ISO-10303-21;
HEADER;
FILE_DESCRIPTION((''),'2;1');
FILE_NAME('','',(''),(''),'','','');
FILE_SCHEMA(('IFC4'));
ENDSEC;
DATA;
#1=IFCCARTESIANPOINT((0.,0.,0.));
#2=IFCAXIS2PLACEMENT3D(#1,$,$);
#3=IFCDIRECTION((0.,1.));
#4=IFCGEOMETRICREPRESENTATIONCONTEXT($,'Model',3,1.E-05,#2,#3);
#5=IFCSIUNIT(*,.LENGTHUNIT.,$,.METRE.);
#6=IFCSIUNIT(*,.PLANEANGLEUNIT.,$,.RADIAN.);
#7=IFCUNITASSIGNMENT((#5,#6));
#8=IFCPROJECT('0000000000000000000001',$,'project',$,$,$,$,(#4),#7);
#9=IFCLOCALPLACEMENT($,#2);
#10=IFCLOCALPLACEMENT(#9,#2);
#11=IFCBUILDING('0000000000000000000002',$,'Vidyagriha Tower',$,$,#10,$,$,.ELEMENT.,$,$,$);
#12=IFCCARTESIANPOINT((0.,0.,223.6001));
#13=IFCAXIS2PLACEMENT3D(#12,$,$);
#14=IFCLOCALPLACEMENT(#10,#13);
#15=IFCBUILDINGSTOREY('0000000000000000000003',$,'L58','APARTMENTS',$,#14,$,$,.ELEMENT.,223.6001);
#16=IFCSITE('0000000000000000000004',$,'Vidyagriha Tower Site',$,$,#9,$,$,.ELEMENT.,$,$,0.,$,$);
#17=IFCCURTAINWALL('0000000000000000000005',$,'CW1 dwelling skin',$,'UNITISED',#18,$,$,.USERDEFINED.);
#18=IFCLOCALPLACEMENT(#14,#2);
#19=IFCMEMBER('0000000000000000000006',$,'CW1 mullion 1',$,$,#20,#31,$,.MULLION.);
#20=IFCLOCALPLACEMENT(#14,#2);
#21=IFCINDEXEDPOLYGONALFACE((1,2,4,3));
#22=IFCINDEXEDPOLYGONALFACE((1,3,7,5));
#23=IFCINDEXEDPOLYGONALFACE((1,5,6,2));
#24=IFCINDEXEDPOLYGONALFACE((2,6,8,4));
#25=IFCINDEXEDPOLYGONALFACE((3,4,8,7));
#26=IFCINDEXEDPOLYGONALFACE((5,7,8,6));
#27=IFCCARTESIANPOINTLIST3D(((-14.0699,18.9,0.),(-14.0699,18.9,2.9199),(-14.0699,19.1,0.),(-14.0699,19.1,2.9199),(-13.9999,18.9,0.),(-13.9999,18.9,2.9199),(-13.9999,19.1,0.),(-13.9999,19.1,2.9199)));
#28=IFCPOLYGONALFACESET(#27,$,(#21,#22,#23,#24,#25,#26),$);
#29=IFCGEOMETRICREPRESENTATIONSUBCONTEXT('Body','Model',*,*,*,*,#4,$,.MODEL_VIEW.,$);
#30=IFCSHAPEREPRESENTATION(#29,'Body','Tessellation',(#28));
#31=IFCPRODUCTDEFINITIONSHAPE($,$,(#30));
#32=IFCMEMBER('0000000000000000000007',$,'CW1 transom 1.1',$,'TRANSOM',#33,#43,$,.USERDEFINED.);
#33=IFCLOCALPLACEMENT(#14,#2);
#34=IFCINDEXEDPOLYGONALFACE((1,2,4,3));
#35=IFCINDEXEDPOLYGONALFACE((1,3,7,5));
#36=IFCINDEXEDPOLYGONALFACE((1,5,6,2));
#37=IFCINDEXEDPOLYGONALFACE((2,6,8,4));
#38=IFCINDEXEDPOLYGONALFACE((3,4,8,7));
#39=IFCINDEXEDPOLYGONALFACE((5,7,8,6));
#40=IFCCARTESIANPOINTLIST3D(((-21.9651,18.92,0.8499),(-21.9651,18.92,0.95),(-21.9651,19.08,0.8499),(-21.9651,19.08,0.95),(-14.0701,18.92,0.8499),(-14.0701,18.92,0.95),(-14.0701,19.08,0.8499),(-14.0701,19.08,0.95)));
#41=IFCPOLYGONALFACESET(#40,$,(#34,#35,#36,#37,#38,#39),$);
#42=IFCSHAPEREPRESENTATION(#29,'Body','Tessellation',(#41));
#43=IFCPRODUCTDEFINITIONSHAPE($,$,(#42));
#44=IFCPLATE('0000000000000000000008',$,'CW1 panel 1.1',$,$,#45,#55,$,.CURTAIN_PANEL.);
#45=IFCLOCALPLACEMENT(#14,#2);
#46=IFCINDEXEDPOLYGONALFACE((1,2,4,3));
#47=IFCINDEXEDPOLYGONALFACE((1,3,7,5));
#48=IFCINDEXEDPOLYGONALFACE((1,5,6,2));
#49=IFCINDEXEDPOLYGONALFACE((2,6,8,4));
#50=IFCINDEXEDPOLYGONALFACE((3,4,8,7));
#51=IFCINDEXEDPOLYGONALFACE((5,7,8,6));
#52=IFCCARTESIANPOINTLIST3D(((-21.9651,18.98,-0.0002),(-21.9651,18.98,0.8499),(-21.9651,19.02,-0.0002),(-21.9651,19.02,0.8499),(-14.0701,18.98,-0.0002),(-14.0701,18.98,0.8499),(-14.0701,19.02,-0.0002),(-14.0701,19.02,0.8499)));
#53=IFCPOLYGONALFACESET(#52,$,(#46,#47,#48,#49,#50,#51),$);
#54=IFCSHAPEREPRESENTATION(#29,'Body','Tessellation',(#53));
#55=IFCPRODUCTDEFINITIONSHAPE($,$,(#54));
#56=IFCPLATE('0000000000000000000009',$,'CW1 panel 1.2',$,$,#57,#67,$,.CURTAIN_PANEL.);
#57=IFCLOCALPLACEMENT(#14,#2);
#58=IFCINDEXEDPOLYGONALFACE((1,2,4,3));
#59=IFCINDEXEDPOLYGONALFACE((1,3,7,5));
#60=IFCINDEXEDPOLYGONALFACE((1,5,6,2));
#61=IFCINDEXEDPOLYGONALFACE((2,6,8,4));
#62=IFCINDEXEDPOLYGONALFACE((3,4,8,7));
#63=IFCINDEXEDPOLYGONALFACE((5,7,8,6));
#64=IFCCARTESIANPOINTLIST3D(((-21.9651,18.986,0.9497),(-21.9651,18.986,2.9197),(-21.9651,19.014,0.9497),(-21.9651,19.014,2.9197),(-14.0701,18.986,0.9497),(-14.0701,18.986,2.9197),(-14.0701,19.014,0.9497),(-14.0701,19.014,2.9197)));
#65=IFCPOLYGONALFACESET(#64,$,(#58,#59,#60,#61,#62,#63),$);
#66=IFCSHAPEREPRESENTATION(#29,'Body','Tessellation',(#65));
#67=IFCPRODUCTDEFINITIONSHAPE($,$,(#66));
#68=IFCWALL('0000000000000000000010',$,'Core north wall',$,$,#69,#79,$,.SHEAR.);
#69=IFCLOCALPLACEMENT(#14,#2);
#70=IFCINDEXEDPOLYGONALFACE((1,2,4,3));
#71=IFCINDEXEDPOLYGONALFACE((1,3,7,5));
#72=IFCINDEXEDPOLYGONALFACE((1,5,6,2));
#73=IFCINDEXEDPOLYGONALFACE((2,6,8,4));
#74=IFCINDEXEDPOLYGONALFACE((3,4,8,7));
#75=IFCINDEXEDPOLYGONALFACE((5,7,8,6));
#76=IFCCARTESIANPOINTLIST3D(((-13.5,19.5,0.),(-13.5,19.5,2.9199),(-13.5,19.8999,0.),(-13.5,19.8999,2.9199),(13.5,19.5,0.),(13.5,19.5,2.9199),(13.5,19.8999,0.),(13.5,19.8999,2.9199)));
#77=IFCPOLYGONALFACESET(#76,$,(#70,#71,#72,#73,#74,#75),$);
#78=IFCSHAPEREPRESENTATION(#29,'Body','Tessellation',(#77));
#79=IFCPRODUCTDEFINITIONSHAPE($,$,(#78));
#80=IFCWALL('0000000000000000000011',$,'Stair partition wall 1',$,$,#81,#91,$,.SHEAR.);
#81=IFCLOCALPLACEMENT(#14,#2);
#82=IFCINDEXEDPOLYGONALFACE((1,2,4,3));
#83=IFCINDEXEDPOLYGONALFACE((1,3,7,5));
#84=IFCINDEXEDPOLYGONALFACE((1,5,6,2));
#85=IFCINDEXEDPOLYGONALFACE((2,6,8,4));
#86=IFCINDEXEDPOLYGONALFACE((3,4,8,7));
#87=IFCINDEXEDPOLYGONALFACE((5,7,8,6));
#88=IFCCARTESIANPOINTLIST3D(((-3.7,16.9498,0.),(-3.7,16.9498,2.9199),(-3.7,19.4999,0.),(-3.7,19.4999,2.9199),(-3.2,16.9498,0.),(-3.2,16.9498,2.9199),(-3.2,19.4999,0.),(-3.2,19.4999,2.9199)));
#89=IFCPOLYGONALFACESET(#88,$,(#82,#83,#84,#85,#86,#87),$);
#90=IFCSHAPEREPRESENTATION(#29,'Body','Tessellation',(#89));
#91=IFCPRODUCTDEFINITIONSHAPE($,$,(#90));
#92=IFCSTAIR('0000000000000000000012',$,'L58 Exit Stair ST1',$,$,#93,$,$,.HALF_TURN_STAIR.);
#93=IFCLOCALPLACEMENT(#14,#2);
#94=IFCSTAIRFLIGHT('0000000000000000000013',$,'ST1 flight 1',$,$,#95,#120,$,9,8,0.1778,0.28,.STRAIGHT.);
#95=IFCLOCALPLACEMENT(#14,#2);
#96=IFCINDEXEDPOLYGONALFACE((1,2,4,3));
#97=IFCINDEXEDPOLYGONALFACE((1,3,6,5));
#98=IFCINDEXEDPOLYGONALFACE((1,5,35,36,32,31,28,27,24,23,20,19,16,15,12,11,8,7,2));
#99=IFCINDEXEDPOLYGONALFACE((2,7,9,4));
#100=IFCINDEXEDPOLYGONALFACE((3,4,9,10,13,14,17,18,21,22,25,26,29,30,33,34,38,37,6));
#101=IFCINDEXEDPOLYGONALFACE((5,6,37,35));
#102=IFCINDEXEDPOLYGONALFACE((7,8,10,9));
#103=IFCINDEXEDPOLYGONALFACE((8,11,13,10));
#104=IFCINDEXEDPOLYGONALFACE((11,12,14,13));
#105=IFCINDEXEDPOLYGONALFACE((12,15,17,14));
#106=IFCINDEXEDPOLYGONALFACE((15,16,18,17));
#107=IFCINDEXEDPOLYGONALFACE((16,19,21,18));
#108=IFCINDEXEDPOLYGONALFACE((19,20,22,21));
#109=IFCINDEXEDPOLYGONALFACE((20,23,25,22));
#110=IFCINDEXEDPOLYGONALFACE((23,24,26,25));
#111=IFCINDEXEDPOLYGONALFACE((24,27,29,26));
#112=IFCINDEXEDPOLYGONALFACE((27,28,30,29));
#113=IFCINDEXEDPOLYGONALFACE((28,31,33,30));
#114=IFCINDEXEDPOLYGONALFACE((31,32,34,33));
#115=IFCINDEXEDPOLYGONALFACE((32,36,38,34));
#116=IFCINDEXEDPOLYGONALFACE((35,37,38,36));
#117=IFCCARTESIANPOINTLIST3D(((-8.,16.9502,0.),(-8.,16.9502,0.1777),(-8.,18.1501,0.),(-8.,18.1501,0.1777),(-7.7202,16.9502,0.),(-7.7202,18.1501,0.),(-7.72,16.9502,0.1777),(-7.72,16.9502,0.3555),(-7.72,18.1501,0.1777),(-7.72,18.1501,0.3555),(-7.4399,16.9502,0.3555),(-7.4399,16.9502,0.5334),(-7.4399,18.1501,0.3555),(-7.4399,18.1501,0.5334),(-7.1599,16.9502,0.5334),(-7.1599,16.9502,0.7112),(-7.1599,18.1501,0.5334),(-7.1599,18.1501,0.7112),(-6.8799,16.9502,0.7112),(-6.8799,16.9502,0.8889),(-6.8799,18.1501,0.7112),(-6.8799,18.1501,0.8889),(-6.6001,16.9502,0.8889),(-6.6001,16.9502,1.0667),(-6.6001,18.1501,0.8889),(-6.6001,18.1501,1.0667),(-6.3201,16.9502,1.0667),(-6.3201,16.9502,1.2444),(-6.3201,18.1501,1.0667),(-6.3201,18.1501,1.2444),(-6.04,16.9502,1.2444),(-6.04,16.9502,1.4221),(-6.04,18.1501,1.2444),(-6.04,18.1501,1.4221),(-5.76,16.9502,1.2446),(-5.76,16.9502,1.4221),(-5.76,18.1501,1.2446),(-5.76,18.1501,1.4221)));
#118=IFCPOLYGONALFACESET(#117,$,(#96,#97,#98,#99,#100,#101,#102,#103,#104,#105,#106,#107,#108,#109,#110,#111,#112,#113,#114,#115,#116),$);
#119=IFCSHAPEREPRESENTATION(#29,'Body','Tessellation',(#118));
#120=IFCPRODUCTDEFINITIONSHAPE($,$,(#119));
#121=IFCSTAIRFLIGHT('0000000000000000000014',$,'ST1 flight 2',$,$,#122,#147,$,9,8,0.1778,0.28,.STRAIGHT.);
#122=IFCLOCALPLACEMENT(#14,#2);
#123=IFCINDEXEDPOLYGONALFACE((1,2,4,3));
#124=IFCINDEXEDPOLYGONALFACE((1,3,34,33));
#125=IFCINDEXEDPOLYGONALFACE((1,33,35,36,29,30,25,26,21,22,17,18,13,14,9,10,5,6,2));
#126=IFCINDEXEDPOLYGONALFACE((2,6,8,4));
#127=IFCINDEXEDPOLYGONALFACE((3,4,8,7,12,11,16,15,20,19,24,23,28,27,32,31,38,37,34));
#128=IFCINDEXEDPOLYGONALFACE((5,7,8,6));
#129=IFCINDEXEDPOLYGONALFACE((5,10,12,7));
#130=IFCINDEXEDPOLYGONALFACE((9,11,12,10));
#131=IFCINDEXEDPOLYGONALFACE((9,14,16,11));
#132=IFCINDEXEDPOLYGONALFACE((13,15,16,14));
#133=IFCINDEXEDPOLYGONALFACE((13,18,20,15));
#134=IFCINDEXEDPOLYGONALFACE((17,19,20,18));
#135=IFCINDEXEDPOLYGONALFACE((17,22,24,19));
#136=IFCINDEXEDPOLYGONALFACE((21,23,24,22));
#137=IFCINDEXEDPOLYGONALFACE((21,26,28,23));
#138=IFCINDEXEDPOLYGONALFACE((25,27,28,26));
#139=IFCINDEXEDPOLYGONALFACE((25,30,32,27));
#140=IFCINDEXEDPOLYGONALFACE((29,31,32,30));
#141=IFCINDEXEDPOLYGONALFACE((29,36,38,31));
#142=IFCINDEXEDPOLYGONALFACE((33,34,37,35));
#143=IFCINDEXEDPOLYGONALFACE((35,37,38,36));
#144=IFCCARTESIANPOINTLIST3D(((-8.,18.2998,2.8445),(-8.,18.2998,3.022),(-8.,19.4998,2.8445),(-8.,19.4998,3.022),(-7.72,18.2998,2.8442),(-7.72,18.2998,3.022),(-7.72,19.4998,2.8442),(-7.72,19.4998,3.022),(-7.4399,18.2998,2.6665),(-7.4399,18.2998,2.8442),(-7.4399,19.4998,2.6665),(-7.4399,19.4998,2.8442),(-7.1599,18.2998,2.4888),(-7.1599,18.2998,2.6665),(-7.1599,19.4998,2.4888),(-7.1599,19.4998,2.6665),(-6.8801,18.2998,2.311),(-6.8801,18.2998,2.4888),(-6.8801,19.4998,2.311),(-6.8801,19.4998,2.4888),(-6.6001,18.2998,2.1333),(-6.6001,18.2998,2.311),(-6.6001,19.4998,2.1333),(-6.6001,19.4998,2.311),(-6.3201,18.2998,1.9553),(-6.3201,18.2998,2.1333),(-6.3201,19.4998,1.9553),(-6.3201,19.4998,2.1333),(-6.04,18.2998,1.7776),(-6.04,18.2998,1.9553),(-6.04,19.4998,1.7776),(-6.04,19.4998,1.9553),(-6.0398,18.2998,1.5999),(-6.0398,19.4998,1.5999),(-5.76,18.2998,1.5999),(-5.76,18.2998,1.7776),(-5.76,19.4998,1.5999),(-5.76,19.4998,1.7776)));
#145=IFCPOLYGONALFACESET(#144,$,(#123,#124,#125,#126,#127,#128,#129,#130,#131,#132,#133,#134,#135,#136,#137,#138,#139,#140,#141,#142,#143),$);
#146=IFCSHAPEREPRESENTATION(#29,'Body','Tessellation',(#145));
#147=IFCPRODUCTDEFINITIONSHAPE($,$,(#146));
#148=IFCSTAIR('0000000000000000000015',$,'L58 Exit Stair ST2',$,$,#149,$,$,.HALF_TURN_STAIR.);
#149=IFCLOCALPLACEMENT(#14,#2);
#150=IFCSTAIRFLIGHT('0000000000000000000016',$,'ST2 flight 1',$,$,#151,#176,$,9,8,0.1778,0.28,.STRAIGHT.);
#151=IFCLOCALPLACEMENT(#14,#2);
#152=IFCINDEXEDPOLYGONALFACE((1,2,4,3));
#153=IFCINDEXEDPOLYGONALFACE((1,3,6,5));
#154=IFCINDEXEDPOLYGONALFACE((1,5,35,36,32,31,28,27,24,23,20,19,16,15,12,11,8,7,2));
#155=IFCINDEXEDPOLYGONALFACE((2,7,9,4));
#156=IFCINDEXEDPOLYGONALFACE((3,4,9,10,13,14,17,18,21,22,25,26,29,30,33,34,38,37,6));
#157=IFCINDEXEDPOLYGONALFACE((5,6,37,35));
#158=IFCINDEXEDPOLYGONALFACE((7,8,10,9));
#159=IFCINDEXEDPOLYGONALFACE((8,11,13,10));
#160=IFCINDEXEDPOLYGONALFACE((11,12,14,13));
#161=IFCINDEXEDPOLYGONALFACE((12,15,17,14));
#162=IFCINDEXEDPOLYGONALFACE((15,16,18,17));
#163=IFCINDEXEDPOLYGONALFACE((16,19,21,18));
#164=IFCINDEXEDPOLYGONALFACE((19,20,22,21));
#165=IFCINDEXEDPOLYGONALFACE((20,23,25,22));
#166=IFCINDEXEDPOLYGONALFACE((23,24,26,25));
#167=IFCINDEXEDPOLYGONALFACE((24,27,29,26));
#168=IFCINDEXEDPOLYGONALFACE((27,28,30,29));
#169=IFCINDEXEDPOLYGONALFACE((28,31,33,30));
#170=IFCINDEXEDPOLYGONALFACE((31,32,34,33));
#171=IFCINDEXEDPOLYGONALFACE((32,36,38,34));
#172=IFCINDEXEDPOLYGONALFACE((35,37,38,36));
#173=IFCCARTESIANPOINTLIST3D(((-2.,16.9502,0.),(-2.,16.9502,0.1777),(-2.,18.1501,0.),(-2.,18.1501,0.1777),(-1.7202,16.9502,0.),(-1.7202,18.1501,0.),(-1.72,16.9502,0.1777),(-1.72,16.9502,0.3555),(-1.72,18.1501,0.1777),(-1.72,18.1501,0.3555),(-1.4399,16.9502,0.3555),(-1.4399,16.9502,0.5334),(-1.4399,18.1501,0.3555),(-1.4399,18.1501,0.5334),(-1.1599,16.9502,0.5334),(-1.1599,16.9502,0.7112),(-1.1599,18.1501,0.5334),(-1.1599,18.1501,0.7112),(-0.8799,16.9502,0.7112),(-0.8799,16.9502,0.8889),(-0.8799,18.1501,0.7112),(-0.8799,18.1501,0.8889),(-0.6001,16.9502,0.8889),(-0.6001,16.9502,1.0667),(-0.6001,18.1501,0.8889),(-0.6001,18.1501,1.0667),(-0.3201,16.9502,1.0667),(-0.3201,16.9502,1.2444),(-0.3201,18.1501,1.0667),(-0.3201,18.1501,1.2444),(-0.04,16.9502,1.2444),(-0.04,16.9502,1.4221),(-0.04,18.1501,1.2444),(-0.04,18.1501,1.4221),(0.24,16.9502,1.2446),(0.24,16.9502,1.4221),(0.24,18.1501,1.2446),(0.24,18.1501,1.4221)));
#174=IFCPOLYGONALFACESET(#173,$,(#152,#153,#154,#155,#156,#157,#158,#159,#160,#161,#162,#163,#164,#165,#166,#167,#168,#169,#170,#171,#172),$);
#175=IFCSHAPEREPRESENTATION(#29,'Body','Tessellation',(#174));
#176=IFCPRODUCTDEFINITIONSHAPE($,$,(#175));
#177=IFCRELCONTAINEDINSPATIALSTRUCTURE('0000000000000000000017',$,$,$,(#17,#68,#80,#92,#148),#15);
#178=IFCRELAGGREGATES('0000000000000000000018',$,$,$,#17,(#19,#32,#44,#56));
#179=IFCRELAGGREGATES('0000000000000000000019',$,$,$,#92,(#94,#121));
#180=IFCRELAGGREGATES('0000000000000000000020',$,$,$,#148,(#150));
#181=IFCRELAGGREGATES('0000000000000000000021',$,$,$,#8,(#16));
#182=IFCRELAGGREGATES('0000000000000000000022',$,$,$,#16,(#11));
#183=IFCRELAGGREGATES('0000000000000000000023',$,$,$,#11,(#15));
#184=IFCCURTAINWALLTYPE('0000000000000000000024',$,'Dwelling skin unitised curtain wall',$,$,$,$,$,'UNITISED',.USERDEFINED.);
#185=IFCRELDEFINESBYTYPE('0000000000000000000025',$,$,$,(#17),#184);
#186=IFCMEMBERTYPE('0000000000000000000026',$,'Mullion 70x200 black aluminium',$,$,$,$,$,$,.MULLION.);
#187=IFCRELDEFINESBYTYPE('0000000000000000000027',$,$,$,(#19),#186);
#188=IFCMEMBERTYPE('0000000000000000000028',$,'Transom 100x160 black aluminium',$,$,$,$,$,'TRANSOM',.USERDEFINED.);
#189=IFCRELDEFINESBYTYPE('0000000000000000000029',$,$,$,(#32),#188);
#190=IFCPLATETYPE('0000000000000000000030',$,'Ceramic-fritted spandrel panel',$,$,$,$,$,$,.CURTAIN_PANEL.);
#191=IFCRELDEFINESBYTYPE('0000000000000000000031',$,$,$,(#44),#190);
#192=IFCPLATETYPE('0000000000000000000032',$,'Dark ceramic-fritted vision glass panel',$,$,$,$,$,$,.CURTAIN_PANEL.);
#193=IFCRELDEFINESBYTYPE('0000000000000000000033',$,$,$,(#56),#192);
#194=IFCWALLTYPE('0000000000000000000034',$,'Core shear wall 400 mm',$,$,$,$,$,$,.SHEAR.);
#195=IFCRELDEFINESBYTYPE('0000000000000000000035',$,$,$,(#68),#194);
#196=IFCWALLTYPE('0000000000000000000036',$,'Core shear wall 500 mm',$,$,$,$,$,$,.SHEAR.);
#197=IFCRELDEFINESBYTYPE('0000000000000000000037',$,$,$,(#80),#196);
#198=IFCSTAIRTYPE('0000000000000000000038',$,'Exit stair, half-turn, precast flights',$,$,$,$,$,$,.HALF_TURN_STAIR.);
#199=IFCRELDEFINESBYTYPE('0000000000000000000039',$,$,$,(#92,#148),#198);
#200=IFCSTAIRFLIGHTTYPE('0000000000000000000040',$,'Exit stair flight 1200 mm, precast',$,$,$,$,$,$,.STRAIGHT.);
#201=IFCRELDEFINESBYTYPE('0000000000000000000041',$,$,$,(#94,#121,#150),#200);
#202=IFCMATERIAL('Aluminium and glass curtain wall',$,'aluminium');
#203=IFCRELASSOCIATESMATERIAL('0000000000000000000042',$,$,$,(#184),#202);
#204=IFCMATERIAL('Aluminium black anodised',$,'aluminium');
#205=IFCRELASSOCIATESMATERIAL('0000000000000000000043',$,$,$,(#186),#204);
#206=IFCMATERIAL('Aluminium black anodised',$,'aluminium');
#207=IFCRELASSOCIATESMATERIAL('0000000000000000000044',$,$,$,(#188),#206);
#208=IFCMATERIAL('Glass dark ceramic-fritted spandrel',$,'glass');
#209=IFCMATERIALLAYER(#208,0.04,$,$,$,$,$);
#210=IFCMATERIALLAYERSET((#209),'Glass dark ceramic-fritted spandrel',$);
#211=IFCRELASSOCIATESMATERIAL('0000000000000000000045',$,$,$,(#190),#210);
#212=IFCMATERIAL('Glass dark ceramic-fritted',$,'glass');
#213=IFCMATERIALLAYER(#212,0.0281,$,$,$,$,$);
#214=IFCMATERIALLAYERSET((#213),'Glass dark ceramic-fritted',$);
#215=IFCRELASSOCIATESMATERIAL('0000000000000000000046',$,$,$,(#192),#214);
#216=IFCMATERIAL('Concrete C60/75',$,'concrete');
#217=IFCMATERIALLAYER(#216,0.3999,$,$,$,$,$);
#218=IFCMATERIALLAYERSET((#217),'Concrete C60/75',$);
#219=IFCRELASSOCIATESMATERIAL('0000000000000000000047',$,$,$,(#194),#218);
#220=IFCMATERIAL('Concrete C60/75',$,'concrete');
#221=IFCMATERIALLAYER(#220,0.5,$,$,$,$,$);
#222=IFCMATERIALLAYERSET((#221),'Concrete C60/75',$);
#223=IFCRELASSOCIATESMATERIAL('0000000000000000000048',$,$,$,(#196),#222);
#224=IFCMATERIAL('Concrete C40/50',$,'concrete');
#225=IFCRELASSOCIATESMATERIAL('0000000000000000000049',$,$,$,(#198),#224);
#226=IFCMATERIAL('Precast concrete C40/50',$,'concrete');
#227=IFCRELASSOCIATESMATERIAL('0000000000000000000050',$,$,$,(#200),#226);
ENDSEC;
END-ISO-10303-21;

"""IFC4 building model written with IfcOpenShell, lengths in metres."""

from ifc_helpers import new_model, si_unit, direction, frame, frame_2d, origin, origin_2d, place, context, subcontext, project, spatial, polyline, rectangle, outline, extrude, material, layer, layer_set, material_profile, profile_set, type_object, element, aggregate, save


model = new_model("IFC4")

# Units and contexts
model_context = context("Model", 3, precision=1e-05, world=origin(), true_north=direction((0.0, 1.0)))
body_context = subcontext(model_context, "Body", "Model", "MODEL_VIEW")
ifc_project = project(units=[si_unit("LENGTHUNIT", "METRE"), si_unit("PLANEANGLEUNIT", "RADIAN")], contexts=[model_context])

# Site, building, storey
site_placement = place(None, origin())
site = spatial("IfcSite", under=ifc_project, at=site_placement, Name="Vidyagriha Tower Site", CompositionType="ELEMENT", RefElevation=0.0)
building_placement = place(site_placement, origin())
building = spatial("IfcBuilding", under=site, at=building_placement, Name="Vidyagriha Tower", CompositionType="ELEMENT")
storey_placement = place(building_placement, frame((0.0, 0.0, 223.6001)))
storey = spatial("IfcBuildingStorey", under=building, at=storey_placement, Name="L58", Description="APARTMENTS", CompositionType="ELEMENT", Elevation=223.6001)

# Curtain wall, members, plates
ifc_material_1 = material(Name="Aluminium and glass curtain wall", Category="aluminium")
curtain_wall_type = type_object("IfcCurtainWallType", Name="Dwelling skin unitised curtain wall", ElementType="UNITISED", PredefinedType="USERDEFINED", material=ifc_material_1)
curtain_wall_placement = place(storey_placement, origin())
curtain_wall = element("IfcCurtainWall", 1, at=curtain_wall_placement, inside=storey, type_object=curtain_wall_type, Name="CW1 dwelling skin", ObjectType="UNITISED", PredefinedType="USERDEFINED")
ifc_material_2 = material(Name="Aluminium black anodised", Category="aluminium")
ifc_material_profile_1 = material_profile(ifc_material_2, rectangle(XDim=0.2, YDim=0.0701, at=origin_2d()), Name="Mullion 70x200 black aluminium")
ifc_profile_set_1 = profile_set([ifc_material_profile_1], Name="Aluminium black anodised")
member_type_1 = type_object("IfcMemberType", Name="Mullion 70x200 black aluminium", PredefinedType="MULLION", material=ifc_profile_set_1)
member_1_placement = place(storey_placement, frame((-14.0349, 19.0, 0.0), z_axis=(0.0, 0.0, 1.0), x_axis=(0.0, -1.0, 0.0)))
member_1 = element("IfcMember", 2, at=member_1_placement, type_object=member_type_1, Name="CW1 mullion 1", PredefinedType="MULLION", context=body_context, shape_type="SweptSolid", body=[
    extrude(rectangle(XDim=0.2, YDim=0.0701, at=origin_2d()), origin(), (0.0, 0.0, 1.0), 2.9199),
])
ifc_material_3 = material(Name="Aluminium black anodised", Category="aluminium")
ifc_material_profile_2 = material_profile(ifc_material_3, rectangle(XDim=0.1599, YDim=0.1001, at=origin_2d()), Name="Transom 100x160 black aluminium")
ifc_profile_set_2 = profile_set([ifc_material_profile_2], Name="Aluminium black anodised")
member_type_2 = type_object("IfcMemberType", Name="Transom 100x160 black aluminium", ElementType="TRANSOM", PredefinedType="USERDEFINED", material=ifc_profile_set_2)
member_2_placement = place(storey_placement, frame((-14.0701, 19.0, 0.8999), z_axis=(-1.0, 0.0, 0.0), x_axis=(0.0, -1.0, 0.0)))
member_2 = element("IfcMember", 3, at=member_2_placement, type_object=member_type_2, Name="CW1 transom 1.1", ObjectType="TRANSOM", PredefinedType="USERDEFINED", context=body_context, shape_type="SweptSolid", body=[
    extrude(rectangle(XDim=0.1599, YDim=0.1001, at=origin_2d()), origin(), (0.0, 0.0, 1.0), 7.895),
])
ifc_material_4 = material(Name="Glass dark ceramic-fritted spandrel", Category="glass")
ifc_layer_1 = layer(ifc_material_4, 0.04)
ifc_layer_set_1 = layer_set([ifc_layer_1], Name="Glass dark ceramic-fritted spandrel")
plate_type_1 = type_object("IfcPlateType", Name="Ceramic-fritted spandrel panel", PredefinedType="CURTAIN_PANEL", material=ifc_layer_set_1)
plate_1_placement = place(storey_placement, frame((-18.0176, 19.0, -0.0002), z_axis=(0.0, 0.0, 1.0), x_axis=(-1.0, 0.0, 0.0)))
plate_1 = element("IfcPlate", 4, at=plate_1_placement, type_object=plate_type_1, Name="CW1 panel 1.1", PredefinedType="CURTAIN_PANEL", context=body_context, shape_type="SweptSolid", body=[
    extrude(rectangle(XDim=7.895, YDim=0.04, at=origin_2d()), origin(), (0.0, 0.0, 1.0), 0.8501),
])
ifc_material_5 = material(Name="Glass dark ceramic-fritted", Category="glass")
ifc_layer_2 = layer(ifc_material_5, 0.0281)
ifc_layer_set_2 = layer_set([ifc_layer_2], Name="Glass dark ceramic-fritted")
plate_type_2 = type_object("IfcPlateType", Name="Dark ceramic-fritted vision glass panel", PredefinedType="CURTAIN_PANEL", material=ifc_layer_set_2)
plate_2_placement = place(storey_placement, frame((-18.0176, 19.0, 0.9497), z_axis=(0.0, 0.0, 1.0), x_axis=(-1.0, 0.0, 0.0)))
plate_2 = element("IfcPlate", 5, at=plate_2_placement, type_object=plate_type_2, Name="CW1 panel 1.2", PredefinedType="CURTAIN_PANEL", context=body_context, shape_type="SweptSolid", body=[
    extrude(rectangle(XDim=7.895, YDim=0.0281, at=origin_2d()), origin(), (0.0, 0.0, 1.0), 1.97),
])
aggregate(curtain_wall, [member_1, member_2, plate_1, plate_2])

# Walls
ifc_material_6 = material(Name="Concrete C60/75", Category="concrete")
ifc_layer_3 = layer(ifc_material_6, 0.3999)
ifc_layer_set_3 = layer_set([ifc_layer_3], Name="Concrete C60/75")
wall_type_1 = type_object("IfcWallType", Name="Core shear wall 400 mm", PredefinedType="SHEAR", material=ifc_layer_set_3)
wall_1_placement = place(storey_placement, frame((-13.5, 19.7, 0.0)))
element("IfcWall", 6, at=wall_1_placement, inside=storey, type_object=wall_type_1, Name="Core north wall", PredefinedType="SHEAR", context=body_context, shape_type="SweptSolid", body=[
    extrude(rectangle(XDim=27.0, YDim=0.3999, at=frame_2d((13.5, 0.0))), origin(), (0.0, 0.0, 1.0), 2.9199),
])
ifc_material_7 = material(Name="Concrete C60/75", Category="concrete")
ifc_layer_4 = layer(ifc_material_7, 0.5)
ifc_layer_set_4 = layer_set([ifc_layer_4], Name="Concrete C60/75")
wall_type_2 = type_object("IfcWallType", Name="Core shear wall 500 mm", PredefinedType="SHEAR", material=ifc_layer_set_4)
wall_2_placement = place(storey_placement, frame((-3.45, 16.95, 0.0), z_axis=(0.0, 0.0, 1.0), x_axis=(0.0, 1.0, 0.0)))
element("IfcWall", 7, at=wall_2_placement, inside=storey, type_object=wall_type_2, Name="Stair partition wall 1", PredefinedType="SHEAR", context=body_context, shape_type="SweptSolid", body=[
    extrude(rectangle(XDim=2.55, YDim=0.5, at=frame_2d((1.2749, 0.0))), origin(), (0.0, 0.0, 1.0), 2.9199),
])

# Stair, stair flights
ifc_material_8 = material(Name="Concrete C40/50", Category="concrete")
stair_type = type_object("IfcStairType", Name="Exit stair, half-turn, precast flights", PredefinedType="HALF_TURN_STAIR", material=ifc_material_8)
stair_1_placement = place(storey_placement, origin())
stair_1 = element("IfcStair", 8, at=stair_1_placement, inside=storey, type_object=stair_type, Name="L58 Exit Stair ST1", PredefinedType="HALF_TURN_STAIR")
ifc_material_9 = material(Name="Precast concrete C40/50", Category="concrete")
stair_flight_type = type_object("IfcStairFlightType", Name="Exit stair flight 1200 mm, precast", PredefinedType="STRAIGHT", material=ifc_material_9)
stair_flight_1_placement = place(storey_placement, frame((-8.0, 17.55, 0.0)))
stair_flight_1 = element("IfcStairFlight", 9, at=stair_flight_1_placement, type_object=stair_flight_type, Name="ST1 flight 1", NumberOfRisers=9, NumberOfTreads=8, PredefinedType="STRAIGHT", RiserHeight=0.1778, TreadLength=0.28, context=body_context, shape_type="SweptSolid", body=[
    extrude(outline(polyline([(0.0, 0.0), (0.0, 0.1777), (0.28, 0.1777), (0.28, 0.3555), (0.5601, 0.3555), (0.5601, 0.5334), (0.8401, 0.5334), (0.8401, 0.7112), (1.1201, 0.7112), (1.1201, 0.8889), (1.3999, 0.8889), (1.3999, 1.0667), (1.6799, 1.0667), (1.6799, 1.2444), (1.96, 1.2444), (1.96, 1.4221), (2.24, 1.4221), (2.24, 1.6001), (2.24, 1.2446), (0.2798, 0.0), (0.0, 0.0)])), frame((0.0, 0.6001, 0.0), z_axis=(0.0, -1.0, 0.0), x_axis=(1.0, 0.0, 0.0)), (0.0, 0.0, 1.0), 1.2),
])
stair_flight_2_placement = place(storey_placement, frame((-5.76, 18.8999, 1.5999), z_axis=(0.0, 0.0, 1.0), x_axis=(-1.0, 0.0, 0.0)))
stair_flight_2 = element("IfcStairFlight", 10, at=stair_flight_2_placement, type_object=stair_flight_type, Name="ST1 flight 2", NumberOfRisers=9, NumberOfTreads=8, PredefinedType="STRAIGHT", RiserHeight=0.1778, TreadLength=0.28, context=body_context, shape_type="SweptSolid", body=[
    extrude(outline(polyline([(0.0, 0.0), (0.0, 0.1777), (0.28, 0.1777), (0.28, 0.3555), (0.5601, 0.3555), (0.5601, 0.5334), (0.8401, 0.5334), (0.8401, 0.7112), (1.1201, 0.7112), (1.1201, 0.8889), (1.3999, 0.8889), (1.3999, 1.0667), (1.6799, 1.0667), (1.6799, 1.2444), (1.96, 1.2444), (1.96, 1.4221), (2.24, 1.4221), (2.24, 1.6001), (2.24, 1.2446), (0.2798, 0.0), (0.0, 0.0)])), frame((0.0, 0.6001, 0.0), z_axis=(0.0, -1.0, 0.0), x_axis=(1.0, 0.0, 0.0)), (0.0, 0.0, 1.0), 1.2),
])
aggregate(stair_1, [stair_flight_1, stair_flight_2])

# Stair, stair flight
stair_2_placement = place(storey_placement, origin())
stair_2 = element("IfcStair", 11, at=stair_2_placement, inside=storey, type_object=stair_type, Name="L58 Exit Stair ST2", PredefinedType="HALF_TURN_STAIR")
stair_flight_3_placement = place(storey_placement, frame((-2.0, 17.55, 0.0)))
stair_flight_3 = element("IfcStairFlight", 12, at=stair_flight_3_placement, type_object=stair_flight_type, Name="ST2 flight 1", NumberOfRisers=9, NumberOfTreads=8, PredefinedType="STRAIGHT", RiserHeight=0.1778, TreadLength=0.28, context=body_context, shape_type="SweptSolid", body=[
    extrude(outline(polyline([(0.0, 0.0), (0.0, 0.1777), (0.28, 0.1777), (0.28, 0.3555), (0.5601, 0.3555), (0.5601, 0.5334), (0.8401, 0.5334), (0.8401, 0.7112), (1.1201, 0.7112), (1.1201, 0.8889), (1.3999, 0.8889), (1.3999, 1.0667), (1.6799, 1.0667), (1.6799, 1.2444), (1.96, 1.2444), (1.96, 1.4221), (2.24, 1.4221), (2.24, 1.6001), (2.24, 1.2446), (0.2798, 0.0), (0.0, 0.0)])), frame((0.0, 0.6001, 0.0), z_axis=(0.0, -1.0, 0.0), x_axis=(1.0, 0.0, 0.0)), (0.0, 0.0, 1.0), 1.2),
])
aggregate(stair_2, [stair_flight_3])

save(model, "model.ifc")
